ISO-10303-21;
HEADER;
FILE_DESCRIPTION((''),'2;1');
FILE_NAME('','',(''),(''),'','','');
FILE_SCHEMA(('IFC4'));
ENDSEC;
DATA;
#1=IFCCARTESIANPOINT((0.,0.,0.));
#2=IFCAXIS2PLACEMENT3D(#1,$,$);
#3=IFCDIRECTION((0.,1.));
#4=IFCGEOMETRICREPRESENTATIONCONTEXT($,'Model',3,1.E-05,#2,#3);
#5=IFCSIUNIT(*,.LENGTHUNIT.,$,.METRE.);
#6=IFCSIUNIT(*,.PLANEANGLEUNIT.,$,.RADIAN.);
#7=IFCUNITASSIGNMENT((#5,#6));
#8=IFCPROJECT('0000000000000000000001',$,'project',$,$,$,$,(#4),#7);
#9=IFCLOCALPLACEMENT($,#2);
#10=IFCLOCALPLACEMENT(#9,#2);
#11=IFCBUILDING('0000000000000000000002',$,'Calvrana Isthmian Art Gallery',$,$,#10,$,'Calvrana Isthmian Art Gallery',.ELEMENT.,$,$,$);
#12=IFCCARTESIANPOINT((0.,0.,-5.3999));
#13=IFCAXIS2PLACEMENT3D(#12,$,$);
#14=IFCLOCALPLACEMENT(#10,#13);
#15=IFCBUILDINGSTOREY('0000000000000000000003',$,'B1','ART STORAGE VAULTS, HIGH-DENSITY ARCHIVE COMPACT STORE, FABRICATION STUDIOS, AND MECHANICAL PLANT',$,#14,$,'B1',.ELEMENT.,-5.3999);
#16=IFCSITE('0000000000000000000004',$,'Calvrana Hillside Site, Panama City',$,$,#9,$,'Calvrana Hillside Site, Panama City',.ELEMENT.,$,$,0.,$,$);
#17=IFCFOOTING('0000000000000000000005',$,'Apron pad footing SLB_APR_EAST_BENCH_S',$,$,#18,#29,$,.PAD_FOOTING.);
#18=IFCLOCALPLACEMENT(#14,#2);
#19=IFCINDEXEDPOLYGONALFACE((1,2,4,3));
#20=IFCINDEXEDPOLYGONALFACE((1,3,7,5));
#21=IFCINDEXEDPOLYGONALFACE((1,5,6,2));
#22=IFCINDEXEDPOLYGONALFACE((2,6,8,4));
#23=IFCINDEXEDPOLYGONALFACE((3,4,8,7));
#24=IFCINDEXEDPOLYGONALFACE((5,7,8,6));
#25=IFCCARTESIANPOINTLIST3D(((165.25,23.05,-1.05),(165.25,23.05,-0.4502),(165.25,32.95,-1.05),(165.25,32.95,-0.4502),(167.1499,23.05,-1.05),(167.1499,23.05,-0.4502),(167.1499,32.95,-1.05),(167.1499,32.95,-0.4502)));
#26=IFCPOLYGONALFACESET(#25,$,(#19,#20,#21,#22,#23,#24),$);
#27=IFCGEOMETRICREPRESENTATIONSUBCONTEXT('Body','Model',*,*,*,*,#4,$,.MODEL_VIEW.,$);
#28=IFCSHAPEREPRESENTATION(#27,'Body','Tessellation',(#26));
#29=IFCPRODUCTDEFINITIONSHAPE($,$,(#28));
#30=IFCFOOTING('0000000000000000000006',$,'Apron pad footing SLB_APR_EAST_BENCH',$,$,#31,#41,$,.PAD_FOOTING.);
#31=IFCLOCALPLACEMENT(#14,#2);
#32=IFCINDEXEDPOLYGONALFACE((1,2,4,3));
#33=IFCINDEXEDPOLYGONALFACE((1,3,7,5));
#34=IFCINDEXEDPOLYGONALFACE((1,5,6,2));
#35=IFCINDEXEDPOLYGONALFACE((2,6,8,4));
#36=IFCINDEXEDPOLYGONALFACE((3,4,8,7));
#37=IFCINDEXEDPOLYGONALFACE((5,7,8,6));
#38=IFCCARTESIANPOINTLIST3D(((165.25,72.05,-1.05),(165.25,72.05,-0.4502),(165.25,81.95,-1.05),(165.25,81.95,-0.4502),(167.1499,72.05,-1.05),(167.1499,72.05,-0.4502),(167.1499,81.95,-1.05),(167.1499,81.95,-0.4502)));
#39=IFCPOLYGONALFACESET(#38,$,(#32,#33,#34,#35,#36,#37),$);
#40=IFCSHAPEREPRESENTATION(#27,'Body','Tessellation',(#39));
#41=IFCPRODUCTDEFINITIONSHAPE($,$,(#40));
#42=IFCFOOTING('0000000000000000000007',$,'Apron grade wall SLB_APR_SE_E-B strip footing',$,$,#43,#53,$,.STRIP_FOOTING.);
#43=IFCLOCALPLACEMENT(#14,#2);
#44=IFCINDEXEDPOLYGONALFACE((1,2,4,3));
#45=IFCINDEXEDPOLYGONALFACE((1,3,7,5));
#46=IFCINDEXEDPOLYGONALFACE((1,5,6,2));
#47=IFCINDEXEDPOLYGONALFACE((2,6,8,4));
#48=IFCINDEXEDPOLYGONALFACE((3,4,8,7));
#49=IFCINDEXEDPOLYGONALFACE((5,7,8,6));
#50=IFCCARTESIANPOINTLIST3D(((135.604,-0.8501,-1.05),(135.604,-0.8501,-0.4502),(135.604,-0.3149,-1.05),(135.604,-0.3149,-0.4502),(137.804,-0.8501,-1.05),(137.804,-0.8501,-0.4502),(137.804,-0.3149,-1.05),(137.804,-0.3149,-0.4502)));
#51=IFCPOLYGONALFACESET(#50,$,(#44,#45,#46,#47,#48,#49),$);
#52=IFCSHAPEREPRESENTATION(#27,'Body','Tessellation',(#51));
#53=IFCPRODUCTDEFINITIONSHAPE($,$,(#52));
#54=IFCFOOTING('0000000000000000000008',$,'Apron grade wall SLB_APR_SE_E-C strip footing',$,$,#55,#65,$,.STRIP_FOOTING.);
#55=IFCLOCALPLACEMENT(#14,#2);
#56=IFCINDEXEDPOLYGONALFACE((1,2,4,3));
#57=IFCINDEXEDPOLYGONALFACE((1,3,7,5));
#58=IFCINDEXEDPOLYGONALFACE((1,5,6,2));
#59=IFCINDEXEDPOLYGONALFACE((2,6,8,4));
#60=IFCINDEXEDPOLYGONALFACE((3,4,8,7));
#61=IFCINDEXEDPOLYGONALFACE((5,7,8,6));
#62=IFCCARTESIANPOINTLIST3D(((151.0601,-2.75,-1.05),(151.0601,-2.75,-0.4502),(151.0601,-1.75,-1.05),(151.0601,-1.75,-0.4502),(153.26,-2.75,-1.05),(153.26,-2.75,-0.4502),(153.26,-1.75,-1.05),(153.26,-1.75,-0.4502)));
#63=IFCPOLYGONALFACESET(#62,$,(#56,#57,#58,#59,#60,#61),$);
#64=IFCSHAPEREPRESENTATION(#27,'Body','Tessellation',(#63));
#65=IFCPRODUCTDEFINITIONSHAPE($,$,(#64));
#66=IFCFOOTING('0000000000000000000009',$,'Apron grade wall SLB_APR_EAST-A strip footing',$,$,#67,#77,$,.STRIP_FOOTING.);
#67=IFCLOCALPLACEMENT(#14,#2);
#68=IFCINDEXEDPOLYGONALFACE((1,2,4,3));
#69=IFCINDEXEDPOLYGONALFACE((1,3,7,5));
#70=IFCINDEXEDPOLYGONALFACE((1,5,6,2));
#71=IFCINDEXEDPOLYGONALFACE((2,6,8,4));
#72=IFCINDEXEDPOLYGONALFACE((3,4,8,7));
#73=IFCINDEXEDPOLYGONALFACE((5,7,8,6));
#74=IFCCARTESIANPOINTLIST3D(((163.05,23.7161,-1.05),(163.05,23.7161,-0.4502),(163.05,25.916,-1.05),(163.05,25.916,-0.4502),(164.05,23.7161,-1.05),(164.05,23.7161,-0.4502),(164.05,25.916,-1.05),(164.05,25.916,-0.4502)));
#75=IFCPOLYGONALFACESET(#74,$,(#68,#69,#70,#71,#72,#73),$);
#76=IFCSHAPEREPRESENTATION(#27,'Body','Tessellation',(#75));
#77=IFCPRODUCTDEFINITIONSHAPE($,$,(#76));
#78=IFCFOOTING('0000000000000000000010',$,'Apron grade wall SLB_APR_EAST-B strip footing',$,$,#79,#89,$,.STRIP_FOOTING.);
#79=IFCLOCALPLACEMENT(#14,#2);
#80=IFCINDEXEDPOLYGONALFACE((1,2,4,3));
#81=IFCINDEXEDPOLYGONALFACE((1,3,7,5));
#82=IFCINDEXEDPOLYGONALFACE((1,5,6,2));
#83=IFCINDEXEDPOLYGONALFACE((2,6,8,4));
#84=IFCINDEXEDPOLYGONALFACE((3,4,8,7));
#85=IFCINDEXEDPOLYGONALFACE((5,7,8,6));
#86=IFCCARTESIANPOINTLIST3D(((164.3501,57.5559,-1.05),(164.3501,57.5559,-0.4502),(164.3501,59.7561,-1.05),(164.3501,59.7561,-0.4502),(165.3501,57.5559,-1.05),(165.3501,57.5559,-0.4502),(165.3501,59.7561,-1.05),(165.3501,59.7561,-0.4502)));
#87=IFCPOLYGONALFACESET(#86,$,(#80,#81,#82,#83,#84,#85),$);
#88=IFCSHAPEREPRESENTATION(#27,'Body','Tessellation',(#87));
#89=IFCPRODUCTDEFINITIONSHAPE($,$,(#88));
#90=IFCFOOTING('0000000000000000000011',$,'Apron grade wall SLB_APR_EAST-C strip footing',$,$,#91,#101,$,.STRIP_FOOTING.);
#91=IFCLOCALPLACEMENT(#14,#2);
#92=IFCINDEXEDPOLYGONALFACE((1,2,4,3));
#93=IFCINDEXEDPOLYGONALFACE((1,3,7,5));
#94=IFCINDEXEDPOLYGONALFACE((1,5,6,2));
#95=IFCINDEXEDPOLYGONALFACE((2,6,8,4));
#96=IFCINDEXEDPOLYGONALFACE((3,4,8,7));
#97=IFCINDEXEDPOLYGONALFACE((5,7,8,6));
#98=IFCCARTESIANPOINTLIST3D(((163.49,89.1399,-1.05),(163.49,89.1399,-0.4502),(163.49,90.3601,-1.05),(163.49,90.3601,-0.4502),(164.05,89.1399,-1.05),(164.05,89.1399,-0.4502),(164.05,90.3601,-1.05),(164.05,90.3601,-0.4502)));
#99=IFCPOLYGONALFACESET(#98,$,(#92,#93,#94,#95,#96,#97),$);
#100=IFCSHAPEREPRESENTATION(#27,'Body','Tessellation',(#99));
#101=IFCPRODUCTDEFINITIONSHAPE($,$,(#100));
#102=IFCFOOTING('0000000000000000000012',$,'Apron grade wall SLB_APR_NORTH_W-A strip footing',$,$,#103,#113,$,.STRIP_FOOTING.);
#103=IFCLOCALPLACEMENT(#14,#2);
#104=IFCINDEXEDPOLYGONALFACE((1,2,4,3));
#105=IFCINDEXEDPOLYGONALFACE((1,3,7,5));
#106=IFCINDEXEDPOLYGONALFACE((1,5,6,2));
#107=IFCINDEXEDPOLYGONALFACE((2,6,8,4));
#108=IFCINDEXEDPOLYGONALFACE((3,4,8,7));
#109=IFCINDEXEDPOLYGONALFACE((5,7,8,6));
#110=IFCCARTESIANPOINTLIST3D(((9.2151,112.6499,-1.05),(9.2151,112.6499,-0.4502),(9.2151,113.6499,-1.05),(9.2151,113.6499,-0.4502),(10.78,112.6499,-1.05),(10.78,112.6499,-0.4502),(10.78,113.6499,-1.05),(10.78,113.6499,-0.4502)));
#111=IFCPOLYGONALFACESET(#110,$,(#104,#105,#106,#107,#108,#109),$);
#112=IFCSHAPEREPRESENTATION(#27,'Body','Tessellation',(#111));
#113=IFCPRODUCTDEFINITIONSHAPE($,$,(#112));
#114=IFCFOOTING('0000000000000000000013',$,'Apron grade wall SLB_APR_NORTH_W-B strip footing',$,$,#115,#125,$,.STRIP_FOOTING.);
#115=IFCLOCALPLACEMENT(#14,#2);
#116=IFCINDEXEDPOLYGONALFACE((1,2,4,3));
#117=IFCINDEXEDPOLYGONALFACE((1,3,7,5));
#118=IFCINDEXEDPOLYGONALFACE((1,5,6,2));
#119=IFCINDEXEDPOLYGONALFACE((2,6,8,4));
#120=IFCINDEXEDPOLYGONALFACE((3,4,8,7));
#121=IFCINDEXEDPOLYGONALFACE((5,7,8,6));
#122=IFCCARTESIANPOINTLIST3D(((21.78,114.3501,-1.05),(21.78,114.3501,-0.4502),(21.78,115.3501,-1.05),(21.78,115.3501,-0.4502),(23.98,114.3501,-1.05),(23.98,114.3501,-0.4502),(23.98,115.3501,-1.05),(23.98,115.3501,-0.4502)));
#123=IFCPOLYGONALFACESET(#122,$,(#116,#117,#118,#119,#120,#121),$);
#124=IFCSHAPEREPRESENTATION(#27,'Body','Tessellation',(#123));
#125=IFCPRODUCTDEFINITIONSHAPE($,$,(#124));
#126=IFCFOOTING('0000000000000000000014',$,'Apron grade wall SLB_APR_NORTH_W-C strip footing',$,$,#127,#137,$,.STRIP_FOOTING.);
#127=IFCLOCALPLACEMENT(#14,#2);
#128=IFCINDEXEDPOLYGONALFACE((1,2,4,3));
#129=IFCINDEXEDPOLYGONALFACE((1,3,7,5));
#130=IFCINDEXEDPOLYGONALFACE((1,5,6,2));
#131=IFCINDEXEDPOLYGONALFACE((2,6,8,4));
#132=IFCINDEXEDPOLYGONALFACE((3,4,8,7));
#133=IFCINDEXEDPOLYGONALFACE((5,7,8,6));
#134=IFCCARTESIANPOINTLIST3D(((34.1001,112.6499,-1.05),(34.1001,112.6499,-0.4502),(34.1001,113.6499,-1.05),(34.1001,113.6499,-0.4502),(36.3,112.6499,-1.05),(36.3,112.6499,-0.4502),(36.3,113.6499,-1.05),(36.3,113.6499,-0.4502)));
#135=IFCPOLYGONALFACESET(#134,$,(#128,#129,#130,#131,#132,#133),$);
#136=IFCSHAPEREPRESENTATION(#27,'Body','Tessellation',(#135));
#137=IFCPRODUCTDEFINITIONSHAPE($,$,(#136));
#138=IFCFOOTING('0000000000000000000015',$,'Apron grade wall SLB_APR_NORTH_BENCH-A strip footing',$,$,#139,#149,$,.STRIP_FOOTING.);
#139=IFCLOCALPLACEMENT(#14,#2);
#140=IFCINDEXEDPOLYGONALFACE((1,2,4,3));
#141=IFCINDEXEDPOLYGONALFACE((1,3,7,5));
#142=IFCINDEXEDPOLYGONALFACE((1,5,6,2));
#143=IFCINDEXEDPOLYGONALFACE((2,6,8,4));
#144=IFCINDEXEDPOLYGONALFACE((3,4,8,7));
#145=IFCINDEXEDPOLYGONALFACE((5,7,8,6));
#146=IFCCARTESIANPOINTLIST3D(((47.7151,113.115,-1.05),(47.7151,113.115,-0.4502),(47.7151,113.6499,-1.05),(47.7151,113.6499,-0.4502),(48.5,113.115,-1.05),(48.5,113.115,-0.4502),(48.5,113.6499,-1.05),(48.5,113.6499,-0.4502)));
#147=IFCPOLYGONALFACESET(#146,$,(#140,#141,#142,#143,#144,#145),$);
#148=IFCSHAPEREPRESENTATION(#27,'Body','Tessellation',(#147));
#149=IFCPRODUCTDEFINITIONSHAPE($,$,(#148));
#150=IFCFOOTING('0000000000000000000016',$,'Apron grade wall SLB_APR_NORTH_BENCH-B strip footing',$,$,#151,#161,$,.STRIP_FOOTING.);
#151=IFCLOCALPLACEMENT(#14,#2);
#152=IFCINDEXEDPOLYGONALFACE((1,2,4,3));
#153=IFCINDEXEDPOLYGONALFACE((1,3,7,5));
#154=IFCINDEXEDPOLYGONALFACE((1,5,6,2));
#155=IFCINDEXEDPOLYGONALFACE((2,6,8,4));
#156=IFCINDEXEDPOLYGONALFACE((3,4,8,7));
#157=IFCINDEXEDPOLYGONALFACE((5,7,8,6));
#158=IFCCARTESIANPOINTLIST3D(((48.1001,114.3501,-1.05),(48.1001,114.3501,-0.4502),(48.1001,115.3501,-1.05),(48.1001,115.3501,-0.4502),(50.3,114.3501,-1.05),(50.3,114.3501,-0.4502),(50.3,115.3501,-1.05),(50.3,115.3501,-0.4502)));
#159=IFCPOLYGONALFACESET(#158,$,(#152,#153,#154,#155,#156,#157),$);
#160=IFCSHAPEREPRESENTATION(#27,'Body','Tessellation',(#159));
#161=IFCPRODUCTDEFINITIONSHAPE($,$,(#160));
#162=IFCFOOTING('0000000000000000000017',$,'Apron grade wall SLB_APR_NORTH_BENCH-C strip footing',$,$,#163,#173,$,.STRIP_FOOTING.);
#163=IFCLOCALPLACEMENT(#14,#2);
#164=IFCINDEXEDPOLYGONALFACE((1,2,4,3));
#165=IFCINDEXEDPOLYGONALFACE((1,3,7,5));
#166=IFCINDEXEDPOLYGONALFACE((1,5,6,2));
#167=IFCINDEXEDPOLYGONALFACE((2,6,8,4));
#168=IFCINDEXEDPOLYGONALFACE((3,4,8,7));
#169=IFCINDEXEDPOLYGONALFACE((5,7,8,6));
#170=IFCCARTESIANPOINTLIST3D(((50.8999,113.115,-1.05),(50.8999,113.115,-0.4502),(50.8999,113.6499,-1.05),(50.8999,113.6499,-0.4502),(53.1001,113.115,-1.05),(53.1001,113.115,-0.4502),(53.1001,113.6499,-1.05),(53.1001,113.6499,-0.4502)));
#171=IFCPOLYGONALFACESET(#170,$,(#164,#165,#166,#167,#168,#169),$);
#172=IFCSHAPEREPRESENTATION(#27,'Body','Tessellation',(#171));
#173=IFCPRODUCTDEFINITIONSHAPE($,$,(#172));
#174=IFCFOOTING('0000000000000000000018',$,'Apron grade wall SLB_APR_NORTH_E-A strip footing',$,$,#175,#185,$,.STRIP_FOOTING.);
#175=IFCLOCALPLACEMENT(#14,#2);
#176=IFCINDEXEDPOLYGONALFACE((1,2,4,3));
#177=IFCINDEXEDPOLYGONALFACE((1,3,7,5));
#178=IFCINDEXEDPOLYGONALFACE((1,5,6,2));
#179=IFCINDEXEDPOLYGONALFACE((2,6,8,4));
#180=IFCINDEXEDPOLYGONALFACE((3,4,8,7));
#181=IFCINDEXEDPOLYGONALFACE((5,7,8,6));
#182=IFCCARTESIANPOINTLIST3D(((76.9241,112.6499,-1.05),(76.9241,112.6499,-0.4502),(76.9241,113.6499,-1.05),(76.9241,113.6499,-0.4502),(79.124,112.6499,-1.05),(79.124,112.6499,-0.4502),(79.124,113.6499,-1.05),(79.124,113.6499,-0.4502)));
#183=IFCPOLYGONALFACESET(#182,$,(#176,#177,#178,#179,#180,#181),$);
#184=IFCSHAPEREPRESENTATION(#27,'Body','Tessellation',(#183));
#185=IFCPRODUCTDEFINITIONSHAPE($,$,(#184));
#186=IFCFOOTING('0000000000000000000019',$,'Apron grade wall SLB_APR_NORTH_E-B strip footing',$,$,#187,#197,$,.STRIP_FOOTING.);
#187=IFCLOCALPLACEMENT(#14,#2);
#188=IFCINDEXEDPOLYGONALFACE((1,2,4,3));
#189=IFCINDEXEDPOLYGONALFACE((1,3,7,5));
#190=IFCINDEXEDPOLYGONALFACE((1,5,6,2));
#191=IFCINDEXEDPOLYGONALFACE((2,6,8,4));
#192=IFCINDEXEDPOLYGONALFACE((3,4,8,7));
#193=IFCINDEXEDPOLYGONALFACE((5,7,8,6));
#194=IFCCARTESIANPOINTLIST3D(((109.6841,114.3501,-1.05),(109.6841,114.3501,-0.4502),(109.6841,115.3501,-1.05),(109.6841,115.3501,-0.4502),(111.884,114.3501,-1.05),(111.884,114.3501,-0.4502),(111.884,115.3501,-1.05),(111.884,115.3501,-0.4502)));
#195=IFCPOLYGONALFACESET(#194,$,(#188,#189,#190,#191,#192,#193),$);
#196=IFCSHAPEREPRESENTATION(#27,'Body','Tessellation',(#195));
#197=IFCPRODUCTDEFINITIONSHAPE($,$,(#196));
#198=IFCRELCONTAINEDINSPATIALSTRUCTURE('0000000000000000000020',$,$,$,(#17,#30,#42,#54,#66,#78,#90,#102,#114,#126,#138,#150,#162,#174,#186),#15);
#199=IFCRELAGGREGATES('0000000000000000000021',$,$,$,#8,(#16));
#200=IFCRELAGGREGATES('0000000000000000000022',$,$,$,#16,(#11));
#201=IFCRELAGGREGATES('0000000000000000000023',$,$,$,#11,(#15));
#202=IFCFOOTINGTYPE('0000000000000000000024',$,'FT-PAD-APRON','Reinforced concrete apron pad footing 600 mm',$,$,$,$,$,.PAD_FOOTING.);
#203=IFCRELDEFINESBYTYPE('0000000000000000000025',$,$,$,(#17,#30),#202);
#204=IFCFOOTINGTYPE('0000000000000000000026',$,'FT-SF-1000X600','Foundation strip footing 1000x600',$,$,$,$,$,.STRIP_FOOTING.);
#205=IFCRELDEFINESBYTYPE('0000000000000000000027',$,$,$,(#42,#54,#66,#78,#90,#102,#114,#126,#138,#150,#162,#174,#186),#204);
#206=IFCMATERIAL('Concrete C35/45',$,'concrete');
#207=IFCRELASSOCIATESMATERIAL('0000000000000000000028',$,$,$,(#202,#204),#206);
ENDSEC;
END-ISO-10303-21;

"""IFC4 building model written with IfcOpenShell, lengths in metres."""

from ifc_helpers import new_model, si_unit, direction, frame, origin, place, context, subcontext, project, spatial, polyline, outline, extrude, material, type_object, element, save


model = new_model("IFC4")

# Units and contexts
model_context = context("Model", 3, precision=1e-05, world=origin(), true_north=direction((0.0, 1.0)))
body_context = subcontext(model_context, "Body", "Model", "MODEL_VIEW")
ifc_project = project(units=[si_unit("LENGTHUNIT", "METRE"), si_unit("PLANEANGLEUNIT", "RADIAN")], contexts=[model_context])

# Site, building, storey
site_placement = place(None, origin())
site = spatial("IfcSite", under=ifc_project, at=site_placement, Name="Calvrana Hillside Site, Panama City", LongName="Calvrana Hillside Site, Panama City", CompositionType="ELEMENT", RefElevation=0.0)
building_placement = place(site_placement, origin())
building = spatial("IfcBuilding", under=site, at=building_placement, Name="Calvrana Isthmian Art Gallery", LongName="Calvrana Isthmian Art Gallery", CompositionType="ELEMENT")
storey_placement = place(building_placement, frame((0.0, 0.0, -5.3999)))
storey = spatial("IfcBuildingStorey", under=building, at=storey_placement, Name="B1", Description="ART STORAGE VAULTS, HIGH-DENSITY ARCHIVE COMPACT STORE, FABRICATION STUDIOS, AND MECHANICAL PLANT", LongName="B1", CompositionType="ELEMENT", Elevation=-5.3999)

# Footings
ifc_material_1 = material(Name="Concrete C35/45", Category="concrete")
footing_type_1 = type_object("IfcFootingType", Name="FT-PAD-APRON", Description="Reinforced concrete apron pad footing 600 mm", PredefinedType="PAD_FOOTING", material=ifc_material_1)
footing_1_placement = place(storey_placement, frame((0.0, 0.0, -1.05)))
element("IfcFooting", 1, at=footing_1_placement, inside=storey, type_object=footing_type_1, Name="Apron pad footing SLB_APR_EAST_BENCH_S", PredefinedType="PAD_FOOTING", context=body_context, shape_type="SweptSolid", body=[
    extrude(outline(polyline([(167.1499, 23.05), (167.1499, 32.95), (165.25, 32.95), (165.25, 23.05), (167.1499, 23.05)])), origin(), (0.0, 0.0, 1.0), 0.5999),
])
footing_2_placement = place(storey_placement, frame((0.0, 0.0, -1.05)))
element("IfcFooting", 2, at=footing_2_placement, inside=storey, type_object=footing_type_1, Name="Apron pad footing SLB_APR_EAST_BENCH", PredefinedType="PAD_FOOTING", context=body_context, shape_type="SweptSolid", body=[
    extrude(outline(polyline([(167.1499, 72.05), (167.1499, 81.95), (165.25, 81.95), (165.25, 72.05), (167.1499, 72.05)])), origin(), (0.0, 0.0, 1.0), 0.5999),
])
footing_type_2 = type_object("IfcFootingType", Name="FT-SF-1000X600", Description="Foundation strip footing 1000x600", PredefinedType="STRIP_FOOTING", material=ifc_material_1)
footing_3_placement = place(storey_placement, frame((0.0, 0.0, -1.05)))
element("IfcFooting", 3, at=footing_3_placement, inside=storey, type_object=footing_type_2, Name="Apron grade wall SLB_APR_SE_E-B strip footing", PredefinedType="STRIP_FOOTING", context=body_context, shape_type="SweptSolid", body=[
    extrude(outline(polyline([(137.804, -0.8501), (135.604, -0.8501), (135.604, -0.3149), (137.804, -0.3149), (137.804, -0.8501)])), origin(), (0.0, 0.0, 1.0), 0.5999),
])
footing_4_placement = place(storey_placement, frame((0.0, 0.0, -1.05)))
element("IfcFooting", 4, at=footing_4_placement, inside=storey, type_object=footing_type_2, Name="Apron grade wall SLB_APR_SE_E-C strip footing", PredefinedType="STRIP_FOOTING", context=body_context, shape_type="SweptSolid", body=[
    extrude(outline(polyline([(151.0601, -2.75), (153.26, -2.75), (153.26, -1.75), (151.0601, -1.75), (151.0601, -2.75)])), origin(), (0.0, 0.0, 1.0), 0.5999),
])
footing_5_placement = place(storey_placement, frame((0.0, 0.0, -1.05)))
element("IfcFooting", 5, at=footing_5_placement, inside=storey, type_object=footing_type_2, Name="Apron grade wall SLB_APR_EAST-A strip footing", PredefinedType="STRIP_FOOTING", context=body_context, shape_type="SweptSolid", body=[
    extrude(outline(polyline([(164.05, 23.7161), (164.05, 25.916), (163.05, 25.916), (163.05, 23.7161), (164.05, 23.7161)])), origin(), (0.0, 0.0, 1.0), 0.5999),
])
footing_6_placement = place(storey_placement, frame((0.0, 0.0, -1.05)))
element("IfcFooting", 6, at=footing_6_placement, inside=storey, type_object=footing_type_2, Name="Apron grade wall SLB_APR_EAST-B strip footing", PredefinedType="STRIP_FOOTING", context=body_context, shape_type="SweptSolid", body=[
    extrude(outline(polyline([(165.3501, 57.5559), (165.3501, 59.7561), (164.3501, 59.7561), (164.3501, 57.5559), (165.3501, 57.5559)])), origin(), (0.0, 0.0, 1.0), 0.5999),
])
footing_7_placement = place(storey_placement, frame((0.0, 0.0, -1.05)))
element("IfcFooting", 7, at=footing_7_placement, inside=storey, type_object=footing_type_2, Name="Apron grade wall SLB_APR_EAST-C strip footing", PredefinedType="STRIP_FOOTING", context=body_context, shape_type="SweptSolid", body=[
    extrude(outline(polyline([(163.49, 89.1399), (163.49, 90.3601), (164.05, 90.3601), (164.05, 89.1399), (163.49, 89.1399)])), origin(), (0.0, 0.0, 1.0), 0.5999),
])
footing_8_placement = place(storey_placement, frame((0.0, 0.0, -1.05)))
element("IfcFooting", 8, at=footing_8_placement, inside=storey, type_object=footing_type_2, Name="Apron grade wall SLB_APR_NORTH_W-A strip footing", PredefinedType="STRIP_FOOTING", context=body_context, shape_type="SweptSolid", body=[
    extrude(outline(polyline([(10.78, 113.6499), (10.78, 112.6499), (9.2151, 112.6499), (9.2151, 113.6499), (10.78, 113.6499)])), origin(), (0.0, 0.0, 1.0), 0.5999),
])
footing_9_placement = place(storey_placement, frame((0.0, 0.0, -1.05)))
element("IfcFooting", 9, at=footing_9_placement, inside=storey, type_object=footing_type_2, Name="Apron grade wall SLB_APR_NORTH_W-B strip footing", PredefinedType="STRIP_FOOTING", context=body_context, shape_type="SweptSolid", body=[
    extrude(outline(polyline([(21.78, 114.3501), (23.98, 114.3501), (23.98, 115.3501), (21.78, 115.3501), (21.78, 114.3501)])), origin(), (0.0, 0.0, 1.0), 0.5999),
])
footing_10_placement = place(storey_placement, frame((0.0, 0.0, -1.05)))
element("IfcFooting", 10, at=footing_10_placement, inside=storey, type_object=footing_type_2, Name="Apron grade wall SLB_APR_NORTH_W-C strip footing", PredefinedType="STRIP_FOOTING", context=body_context, shape_type="SweptSolid", body=[
    extrude(outline(polyline([(34.1001, 112.6499), (36.3, 112.6499), (36.3, 113.6499), (34.1001, 113.6499), (34.1001, 112.6499)])), origin(), (0.0, 0.0, 1.0), 0.5999),
])
footing_11_placement = place(storey_placement, frame((0.0, 0.0, -1.05)))
element("IfcFooting", 11, at=footing_11_placement, inside=storey, type_object=footing_type_2, Name="Apron grade wall SLB_APR_NORTH_BENCH-A strip footing", PredefinedType="STRIP_FOOTING", context=body_context, shape_type="SweptSolid", body=[
    extrude(outline(polyline([(48.5, 113.115), (47.7151, 113.115), (47.7151, 113.6499), (48.5, 113.6499), (48.5, 113.115)])), origin(), (0.0, 0.0, 1.0), 0.5999),
])
footing_12_placement = place(storey_placement, frame((0.0, 0.0, -1.05)))
element("IfcFooting", 12, at=footing_12_placement, inside=storey, type_object=footing_type_2, Name="Apron grade wall SLB_APR_NORTH_BENCH-B strip footing", PredefinedType="STRIP_FOOTING", context=body_context, shape_type="SweptSolid", body=[
    extrude(outline(polyline([(48.1001, 114.3501), (50.3, 114.3501), (50.3, 115.3501), (48.1001, 115.3501), (48.1001, 114.3501)])), origin(), (0.0, 0.0, 1.0), 0.5999),
])
footing_13_placement = place(storey_placement, frame((0.0, 0.0, -1.05)))
element("IfcFooting", 13, at=footing_13_placement, inside=storey, type_object=footing_type_2, Name="Apron grade wall SLB_APR_NORTH_BENCH-C strip footing", PredefinedType="STRIP_FOOTING", context=body_context, shape_type="SweptSolid", body=[
    extrude(outline(polyline([(50.8999, 113.6499), (53.1001, 113.6499), (53.1001, 113.115), (50.8999, 113.115), (50.8999, 113.6499)])), origin(), (0.0, 0.0, 1.0), 0.5999),
])
footing_14_placement = place(storey_placement, frame((0.0, 0.0, -1.05)))
element("IfcFooting", 14, at=footing_14_placement, inside=storey, type_object=footing_type_2, Name="Apron grade wall SLB_APR_NORTH_E-A strip footing", PredefinedType="STRIP_FOOTING", context=body_context, shape_type="SweptSolid", body=[
    extrude(outline(polyline([(76.9241, 112.6499), (79.124, 112.6499), (79.124, 113.6499), (76.9241, 113.6499), (76.9241, 112.6499)])), origin(), (0.0, 0.0, 1.0), 0.5999),
])
footing_15_placement = place(storey_placement, frame((0.0, 0.0, -1.05)))
element("IfcFooting", 15, at=footing_15_placement, inside=storey, type_object=footing_type_2, Name="Apron grade wall SLB_APR_NORTH_E-B strip footing", PredefinedType="STRIP_FOOTING", context=body_context, shape_type="SweptSolid", body=[
    extrude(outline(polyline([(109.6841, 114.3501), (111.884, 114.3501), (111.884, 115.3501), (109.6841, 115.3501), (109.6841, 114.3501)])), origin(), (0.0, 0.0, 1.0), 0.5999),
])

save(model, "model.ifc")
